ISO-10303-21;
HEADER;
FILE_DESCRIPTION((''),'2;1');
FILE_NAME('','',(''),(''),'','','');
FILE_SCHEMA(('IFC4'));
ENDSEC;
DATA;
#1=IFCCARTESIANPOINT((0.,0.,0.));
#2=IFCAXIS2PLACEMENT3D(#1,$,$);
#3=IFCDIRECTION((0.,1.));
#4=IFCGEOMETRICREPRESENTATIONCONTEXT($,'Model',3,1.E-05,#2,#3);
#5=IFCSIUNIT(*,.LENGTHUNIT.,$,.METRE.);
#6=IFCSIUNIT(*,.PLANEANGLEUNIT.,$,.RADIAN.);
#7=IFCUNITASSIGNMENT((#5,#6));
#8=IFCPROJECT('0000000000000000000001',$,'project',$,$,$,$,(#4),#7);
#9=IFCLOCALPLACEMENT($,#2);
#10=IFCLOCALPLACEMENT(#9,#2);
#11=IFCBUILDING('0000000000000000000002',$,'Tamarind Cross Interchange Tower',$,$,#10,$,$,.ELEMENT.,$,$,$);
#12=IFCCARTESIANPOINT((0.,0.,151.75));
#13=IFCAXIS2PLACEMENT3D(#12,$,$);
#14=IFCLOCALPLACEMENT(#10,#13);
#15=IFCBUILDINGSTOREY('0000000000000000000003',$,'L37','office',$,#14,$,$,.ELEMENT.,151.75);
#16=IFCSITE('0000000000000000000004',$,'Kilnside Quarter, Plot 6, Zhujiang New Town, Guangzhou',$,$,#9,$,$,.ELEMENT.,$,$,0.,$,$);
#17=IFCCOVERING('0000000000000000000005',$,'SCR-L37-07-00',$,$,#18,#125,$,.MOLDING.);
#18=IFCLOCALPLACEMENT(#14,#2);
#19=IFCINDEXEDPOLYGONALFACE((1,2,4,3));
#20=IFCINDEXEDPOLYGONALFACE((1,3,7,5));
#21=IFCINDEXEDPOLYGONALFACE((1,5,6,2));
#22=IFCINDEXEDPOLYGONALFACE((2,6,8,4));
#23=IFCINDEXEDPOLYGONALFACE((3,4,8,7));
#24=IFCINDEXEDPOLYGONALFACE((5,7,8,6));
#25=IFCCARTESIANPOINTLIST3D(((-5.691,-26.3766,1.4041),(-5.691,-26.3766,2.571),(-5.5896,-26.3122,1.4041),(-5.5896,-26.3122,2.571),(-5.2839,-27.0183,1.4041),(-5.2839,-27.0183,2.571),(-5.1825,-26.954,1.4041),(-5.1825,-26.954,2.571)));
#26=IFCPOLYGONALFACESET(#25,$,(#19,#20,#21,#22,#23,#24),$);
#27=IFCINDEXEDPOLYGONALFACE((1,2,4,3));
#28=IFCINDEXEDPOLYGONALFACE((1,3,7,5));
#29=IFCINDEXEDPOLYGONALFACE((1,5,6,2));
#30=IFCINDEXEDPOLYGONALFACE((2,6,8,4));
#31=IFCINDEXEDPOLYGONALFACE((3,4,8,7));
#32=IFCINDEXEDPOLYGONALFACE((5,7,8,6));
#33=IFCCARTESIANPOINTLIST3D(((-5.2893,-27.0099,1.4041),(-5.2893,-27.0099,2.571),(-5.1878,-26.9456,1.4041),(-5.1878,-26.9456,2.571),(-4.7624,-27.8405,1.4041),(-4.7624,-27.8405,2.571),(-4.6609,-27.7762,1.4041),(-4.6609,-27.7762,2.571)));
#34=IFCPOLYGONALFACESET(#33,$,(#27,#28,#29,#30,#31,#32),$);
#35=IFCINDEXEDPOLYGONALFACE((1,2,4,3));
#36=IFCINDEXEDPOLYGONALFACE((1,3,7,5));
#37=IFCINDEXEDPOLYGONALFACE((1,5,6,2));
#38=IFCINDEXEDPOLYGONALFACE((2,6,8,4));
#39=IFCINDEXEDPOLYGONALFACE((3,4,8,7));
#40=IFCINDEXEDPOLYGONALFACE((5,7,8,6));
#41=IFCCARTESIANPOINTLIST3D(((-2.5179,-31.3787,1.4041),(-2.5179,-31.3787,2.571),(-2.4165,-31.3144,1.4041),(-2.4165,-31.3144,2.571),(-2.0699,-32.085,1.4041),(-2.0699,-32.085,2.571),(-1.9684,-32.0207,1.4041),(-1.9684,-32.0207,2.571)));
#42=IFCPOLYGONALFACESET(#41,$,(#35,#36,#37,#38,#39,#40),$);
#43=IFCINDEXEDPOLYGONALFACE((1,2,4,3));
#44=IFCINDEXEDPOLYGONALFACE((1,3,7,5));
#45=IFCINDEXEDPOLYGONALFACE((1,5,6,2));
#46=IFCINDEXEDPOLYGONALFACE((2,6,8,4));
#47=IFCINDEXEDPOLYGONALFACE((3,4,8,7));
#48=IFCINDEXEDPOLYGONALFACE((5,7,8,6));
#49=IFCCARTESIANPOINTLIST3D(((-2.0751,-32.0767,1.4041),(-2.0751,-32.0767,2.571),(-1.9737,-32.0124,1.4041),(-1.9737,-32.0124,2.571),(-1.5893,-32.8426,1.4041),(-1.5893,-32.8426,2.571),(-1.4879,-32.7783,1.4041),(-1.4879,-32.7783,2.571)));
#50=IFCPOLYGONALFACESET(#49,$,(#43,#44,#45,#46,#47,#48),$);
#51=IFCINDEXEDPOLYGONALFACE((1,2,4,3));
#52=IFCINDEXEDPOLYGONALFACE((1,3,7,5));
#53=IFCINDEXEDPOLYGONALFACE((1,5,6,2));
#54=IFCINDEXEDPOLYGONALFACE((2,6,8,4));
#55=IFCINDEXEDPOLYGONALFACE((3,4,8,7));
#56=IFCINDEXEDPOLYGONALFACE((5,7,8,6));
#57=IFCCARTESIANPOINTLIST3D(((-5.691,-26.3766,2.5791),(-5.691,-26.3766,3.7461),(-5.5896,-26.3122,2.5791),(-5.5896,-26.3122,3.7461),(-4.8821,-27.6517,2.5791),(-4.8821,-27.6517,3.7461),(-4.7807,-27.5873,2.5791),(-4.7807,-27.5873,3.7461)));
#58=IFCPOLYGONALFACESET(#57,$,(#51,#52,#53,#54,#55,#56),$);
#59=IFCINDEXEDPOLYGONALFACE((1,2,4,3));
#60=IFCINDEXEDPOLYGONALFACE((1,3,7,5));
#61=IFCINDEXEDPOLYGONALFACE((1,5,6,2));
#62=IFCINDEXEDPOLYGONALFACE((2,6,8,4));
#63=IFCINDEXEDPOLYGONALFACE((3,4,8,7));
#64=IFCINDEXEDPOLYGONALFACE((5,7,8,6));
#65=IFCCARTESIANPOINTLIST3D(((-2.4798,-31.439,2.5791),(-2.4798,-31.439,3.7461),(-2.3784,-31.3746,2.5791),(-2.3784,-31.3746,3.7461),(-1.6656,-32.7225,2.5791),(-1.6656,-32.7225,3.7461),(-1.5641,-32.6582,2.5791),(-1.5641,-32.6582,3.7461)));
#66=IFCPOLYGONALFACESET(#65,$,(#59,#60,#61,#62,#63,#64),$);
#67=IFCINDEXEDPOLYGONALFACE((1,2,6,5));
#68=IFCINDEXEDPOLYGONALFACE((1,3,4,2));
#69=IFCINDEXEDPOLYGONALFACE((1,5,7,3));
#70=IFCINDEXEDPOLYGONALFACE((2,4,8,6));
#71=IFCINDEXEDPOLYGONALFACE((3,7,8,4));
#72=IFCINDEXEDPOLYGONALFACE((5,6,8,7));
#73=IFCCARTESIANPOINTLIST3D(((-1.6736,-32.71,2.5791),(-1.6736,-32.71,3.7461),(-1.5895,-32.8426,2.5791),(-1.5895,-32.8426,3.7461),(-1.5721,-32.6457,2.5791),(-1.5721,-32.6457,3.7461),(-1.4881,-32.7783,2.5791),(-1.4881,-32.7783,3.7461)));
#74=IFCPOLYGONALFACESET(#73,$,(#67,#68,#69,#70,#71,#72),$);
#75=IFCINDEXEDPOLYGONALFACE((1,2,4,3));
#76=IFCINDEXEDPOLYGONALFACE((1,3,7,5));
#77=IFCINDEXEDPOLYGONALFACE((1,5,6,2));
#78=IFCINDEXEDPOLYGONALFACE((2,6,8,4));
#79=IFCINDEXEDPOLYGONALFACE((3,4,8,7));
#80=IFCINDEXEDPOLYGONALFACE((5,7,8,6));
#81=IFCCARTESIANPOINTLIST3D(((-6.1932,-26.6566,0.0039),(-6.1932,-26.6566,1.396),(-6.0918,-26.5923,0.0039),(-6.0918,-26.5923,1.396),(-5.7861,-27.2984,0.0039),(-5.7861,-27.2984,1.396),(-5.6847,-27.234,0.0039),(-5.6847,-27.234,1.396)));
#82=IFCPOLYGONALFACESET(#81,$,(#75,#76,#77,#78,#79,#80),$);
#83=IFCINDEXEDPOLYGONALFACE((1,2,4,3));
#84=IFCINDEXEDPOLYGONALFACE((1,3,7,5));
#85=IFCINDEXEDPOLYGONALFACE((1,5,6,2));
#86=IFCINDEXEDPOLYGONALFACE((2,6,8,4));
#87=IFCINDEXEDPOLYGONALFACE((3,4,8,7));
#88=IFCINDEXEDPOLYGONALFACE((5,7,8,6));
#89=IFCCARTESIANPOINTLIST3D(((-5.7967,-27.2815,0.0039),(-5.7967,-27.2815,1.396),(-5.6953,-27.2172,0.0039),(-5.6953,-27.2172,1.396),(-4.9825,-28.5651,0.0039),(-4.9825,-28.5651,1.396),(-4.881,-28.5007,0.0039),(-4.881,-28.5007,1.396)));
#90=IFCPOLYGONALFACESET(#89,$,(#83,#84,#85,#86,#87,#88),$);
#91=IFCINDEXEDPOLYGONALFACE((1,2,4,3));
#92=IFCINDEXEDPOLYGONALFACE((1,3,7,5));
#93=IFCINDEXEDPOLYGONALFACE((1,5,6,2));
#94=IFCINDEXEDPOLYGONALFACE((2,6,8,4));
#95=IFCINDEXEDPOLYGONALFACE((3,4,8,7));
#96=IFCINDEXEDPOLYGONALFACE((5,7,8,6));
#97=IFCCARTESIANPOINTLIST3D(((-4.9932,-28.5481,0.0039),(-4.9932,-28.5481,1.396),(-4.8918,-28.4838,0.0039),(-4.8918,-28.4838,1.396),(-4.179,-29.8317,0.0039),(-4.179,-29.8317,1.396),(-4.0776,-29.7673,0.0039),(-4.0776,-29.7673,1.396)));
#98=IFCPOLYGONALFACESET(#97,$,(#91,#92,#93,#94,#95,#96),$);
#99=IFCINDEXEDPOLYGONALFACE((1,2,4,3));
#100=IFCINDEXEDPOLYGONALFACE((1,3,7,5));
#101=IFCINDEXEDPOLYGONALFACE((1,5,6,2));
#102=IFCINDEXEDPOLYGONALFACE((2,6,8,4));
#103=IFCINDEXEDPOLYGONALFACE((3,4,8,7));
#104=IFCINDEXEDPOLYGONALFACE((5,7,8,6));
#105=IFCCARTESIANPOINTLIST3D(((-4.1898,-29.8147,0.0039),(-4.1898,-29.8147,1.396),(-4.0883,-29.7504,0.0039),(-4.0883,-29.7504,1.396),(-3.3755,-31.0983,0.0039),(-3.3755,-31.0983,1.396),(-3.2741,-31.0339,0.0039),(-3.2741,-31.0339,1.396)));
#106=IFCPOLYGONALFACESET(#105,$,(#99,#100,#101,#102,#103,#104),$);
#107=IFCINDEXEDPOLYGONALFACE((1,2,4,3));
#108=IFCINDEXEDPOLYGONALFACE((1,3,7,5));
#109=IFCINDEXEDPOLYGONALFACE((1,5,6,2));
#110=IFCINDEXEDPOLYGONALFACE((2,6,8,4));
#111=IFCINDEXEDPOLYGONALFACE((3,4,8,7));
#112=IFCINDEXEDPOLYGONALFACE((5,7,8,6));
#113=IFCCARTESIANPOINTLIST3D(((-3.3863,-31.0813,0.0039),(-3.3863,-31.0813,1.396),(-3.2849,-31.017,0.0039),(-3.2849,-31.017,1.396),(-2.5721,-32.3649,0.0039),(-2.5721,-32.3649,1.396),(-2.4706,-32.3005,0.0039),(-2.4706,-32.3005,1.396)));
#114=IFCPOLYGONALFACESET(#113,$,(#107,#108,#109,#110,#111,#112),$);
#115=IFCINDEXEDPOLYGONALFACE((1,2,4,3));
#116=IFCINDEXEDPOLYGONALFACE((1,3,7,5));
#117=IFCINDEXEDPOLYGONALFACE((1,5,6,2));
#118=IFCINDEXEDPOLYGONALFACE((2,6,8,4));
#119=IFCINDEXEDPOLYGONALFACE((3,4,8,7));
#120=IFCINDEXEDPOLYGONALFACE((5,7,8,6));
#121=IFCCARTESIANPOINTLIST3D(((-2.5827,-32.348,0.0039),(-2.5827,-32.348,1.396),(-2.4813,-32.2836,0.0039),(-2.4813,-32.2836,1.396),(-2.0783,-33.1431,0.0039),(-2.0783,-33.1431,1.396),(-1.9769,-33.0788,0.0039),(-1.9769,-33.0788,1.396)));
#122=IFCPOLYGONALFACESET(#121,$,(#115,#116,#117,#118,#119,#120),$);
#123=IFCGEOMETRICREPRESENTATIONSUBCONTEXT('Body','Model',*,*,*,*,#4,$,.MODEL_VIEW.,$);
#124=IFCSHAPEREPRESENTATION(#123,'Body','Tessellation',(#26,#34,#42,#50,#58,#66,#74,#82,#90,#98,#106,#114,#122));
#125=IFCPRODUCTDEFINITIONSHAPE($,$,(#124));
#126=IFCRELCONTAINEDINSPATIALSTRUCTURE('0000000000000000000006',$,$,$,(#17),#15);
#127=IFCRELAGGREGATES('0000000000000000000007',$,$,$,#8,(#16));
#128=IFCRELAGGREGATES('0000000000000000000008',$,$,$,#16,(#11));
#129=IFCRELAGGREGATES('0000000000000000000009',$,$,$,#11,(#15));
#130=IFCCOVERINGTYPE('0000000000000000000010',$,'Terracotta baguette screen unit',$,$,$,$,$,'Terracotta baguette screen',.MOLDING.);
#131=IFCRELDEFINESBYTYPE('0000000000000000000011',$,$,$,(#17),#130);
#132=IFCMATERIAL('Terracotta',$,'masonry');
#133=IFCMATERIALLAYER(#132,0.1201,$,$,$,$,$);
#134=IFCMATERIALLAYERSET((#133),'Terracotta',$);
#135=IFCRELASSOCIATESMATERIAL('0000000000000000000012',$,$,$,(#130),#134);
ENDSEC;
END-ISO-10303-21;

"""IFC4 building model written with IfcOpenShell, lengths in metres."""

from ifc_helpers import new_model, si_unit, direction, frame, origin, origin_2d, place, context, subcontext, project, spatial, rectangle, extrude, material, layer, layer_set, type_object, element, save


model = new_model("IFC4")

# Units and contexts
model_context = context("Model", 3, precision=1e-05, world=origin(), true_north=direction((0.0, 1.0)))
body_context = subcontext(model_context, "Body", "Model", "MODEL_VIEW")
ifc_project = project(units=[si_unit("LENGTHUNIT", "METRE"), si_unit("PLANEANGLEUNIT", "RADIAN")], contexts=[model_context])

# Site, building, storey
site_placement = place(None, origin())
site = spatial("IfcSite", under=ifc_project, at=site_placement, Name="Kilnside Quarter, Plot 6, Zhujiang New Town, Guangzhou", CompositionType="ELEMENT", RefElevation=0.0)
building_placement = place(site_placement, origin())
building = spatial("IfcBuilding", under=site, at=building_placement, Name="Tamarind Cross Interchange Tower", CompositionType="ELEMENT")
storey_placement = place(building_placement, frame((0.0, 0.0, 151.75)))
storey = spatial("IfcBuildingStorey", under=building, at=storey_placement, Name="L37", Description="office", CompositionType="ELEMENT", Elevation=151.75)

# Covering
ifc_material_1 = material(Name="Terracotta", Category="masonry")
ifc_layer_1 = layer(ifc_material_1, 0.1201)
ifc_layer_set_1 = layer_set([ifc_layer_1], Name="Terracotta")
covering_type = type_object("IfcCoveringType", Name="Terracotta baguette screen unit", ElementType="Terracotta baguette screen", PredefinedType="MOLDING", material=ifc_layer_set_1)
covering_1_placement = place(storey_placement, origin())
element("IfcCovering", 1, at=covering_1_placement, inside=storey, type_object=covering_type, Name="SCR-L37-07-00", PredefinedType="MOLDING", context=body_context, shape_type="SweptSolid", body=[
    extrude(rectangle(XDim=0.76, YDim=0.1201, at=origin_2d()), frame((-5.4368, -26.6653, 1.4041), z_axis=(0.0, 0.0, 1.0), x_axis=(0.535662, -0.844433, 0.0)), (0.0, 0.0, 1.0), 1.167),
    extrude(rectangle(XDim=0.9836, YDim=0.1201, at=origin_2d()), frame((-4.9751, -27.3931, 1.4041), z_axis=(0.0, 0.0, 1.0), x_axis=(0.535662, -0.844433, 0.0)), (0.0, 0.0, 1.0), 1.167),
    extrude(rectangle(XDim=0.8364, YDim=0.1201, at=origin_2d()), frame((-2.2432, -31.6997, 1.4041), z_axis=(0.0, 0.0, 1.0), x_axis=(0.535662, -0.844433, 0.0)), (0.0, 0.0, 1.0), 1.167),
    extrude(rectangle(XDim=0.907, YDim=0.1201, at=origin_2d()), frame((-1.7815, -32.4275, 1.4041), z_axis=(0.0, 0.0, 1.0), x_axis=(0.535662, -0.844433, 0.0)), (0.0, 0.0, 1.0), 1.167),
    extrude(rectangle(XDim=1.51, YDim=0.1201, at=origin_2d()), frame((-5.2358, -26.9819, 2.5791), z_axis=(0.0, 0.0, 1.0), x_axis=(0.535662, -0.844433, 0.0)), (0.0, 0.0, 1.0), 1.167),
    extrude(rectangle(XDim=1.52, YDim=0.1201, at=origin_2d()), frame((-2.022, -32.0486, 2.5791), z_axis=(0.0, 0.0, 1.0), x_axis=(0.535662, -0.844433, 0.0)), (0.0, 0.0, 1.0), 1.167),
    extrude(rectangle(XDim=0.157, YDim=0.1201, at=origin_2d()), frame((-1.5808, -32.7441, 2.5791), z_axis=(0.0, 0.0, 1.0), x_axis=(0.535662, -0.844433, 0.0)), (0.0, 0.0, 1.0), 1.167),
    extrude(rectangle(XDim=0.76, YDim=0.1201, at=origin_2d()), frame((-5.939, -26.9453, 0.0039), z_axis=(0.0, 0.0, 1.0), x_axis=(0.535662, -0.844433, 0.0)), (0.0, 0.0, 1.0), 1.3921),
    extrude(rectangle(XDim=1.52, YDim=0.1201, at=origin_2d()), frame((-5.3389, -27.8911, 0.0039), z_axis=(0.0, 0.0, 1.0), x_axis=(0.535662, -0.844433, 0.0)), (0.0, 0.0, 1.0), 1.3921),
    extrude(rectangle(XDim=1.52, YDim=0.1201, at=origin_2d()), frame((-4.5354, -29.1577, 0.0039), z_axis=(0.0, 0.0, 1.0), x_axis=(0.535662, -0.844433, 0.0)), (0.0, 0.0, 1.0), 1.3921),
    extrude(rectangle(XDim=1.52, YDim=0.1201, at=origin_2d()), frame((-3.7319, -30.4243, 0.0039), z_axis=(0.0, 0.0, 1.0), x_axis=(0.535662, -0.844433, 0.0)), (0.0, 0.0, 1.0), 1.3921),
    extrude(rectangle(XDim=1.52, YDim=0.1201, at=origin_2d()), frame((-2.9285, -31.6909, 0.0039), z_axis=(0.0, 0.0, 1.0), x_axis=(0.535662, -0.844433, 0.0)), (0.0, 0.0, 1.0), 1.3921),
    extrude(rectangle(XDim=0.9417, YDim=0.1201, at=origin_2d()), frame((-2.2798, -32.7134, 0.0039), z_axis=(0.0, 0.0, 1.0), x_axis=(0.535662, -0.844433, 0.0)), (0.0, 0.0, 1.0), 1.3921),
])

save(model, "model.ifc")
